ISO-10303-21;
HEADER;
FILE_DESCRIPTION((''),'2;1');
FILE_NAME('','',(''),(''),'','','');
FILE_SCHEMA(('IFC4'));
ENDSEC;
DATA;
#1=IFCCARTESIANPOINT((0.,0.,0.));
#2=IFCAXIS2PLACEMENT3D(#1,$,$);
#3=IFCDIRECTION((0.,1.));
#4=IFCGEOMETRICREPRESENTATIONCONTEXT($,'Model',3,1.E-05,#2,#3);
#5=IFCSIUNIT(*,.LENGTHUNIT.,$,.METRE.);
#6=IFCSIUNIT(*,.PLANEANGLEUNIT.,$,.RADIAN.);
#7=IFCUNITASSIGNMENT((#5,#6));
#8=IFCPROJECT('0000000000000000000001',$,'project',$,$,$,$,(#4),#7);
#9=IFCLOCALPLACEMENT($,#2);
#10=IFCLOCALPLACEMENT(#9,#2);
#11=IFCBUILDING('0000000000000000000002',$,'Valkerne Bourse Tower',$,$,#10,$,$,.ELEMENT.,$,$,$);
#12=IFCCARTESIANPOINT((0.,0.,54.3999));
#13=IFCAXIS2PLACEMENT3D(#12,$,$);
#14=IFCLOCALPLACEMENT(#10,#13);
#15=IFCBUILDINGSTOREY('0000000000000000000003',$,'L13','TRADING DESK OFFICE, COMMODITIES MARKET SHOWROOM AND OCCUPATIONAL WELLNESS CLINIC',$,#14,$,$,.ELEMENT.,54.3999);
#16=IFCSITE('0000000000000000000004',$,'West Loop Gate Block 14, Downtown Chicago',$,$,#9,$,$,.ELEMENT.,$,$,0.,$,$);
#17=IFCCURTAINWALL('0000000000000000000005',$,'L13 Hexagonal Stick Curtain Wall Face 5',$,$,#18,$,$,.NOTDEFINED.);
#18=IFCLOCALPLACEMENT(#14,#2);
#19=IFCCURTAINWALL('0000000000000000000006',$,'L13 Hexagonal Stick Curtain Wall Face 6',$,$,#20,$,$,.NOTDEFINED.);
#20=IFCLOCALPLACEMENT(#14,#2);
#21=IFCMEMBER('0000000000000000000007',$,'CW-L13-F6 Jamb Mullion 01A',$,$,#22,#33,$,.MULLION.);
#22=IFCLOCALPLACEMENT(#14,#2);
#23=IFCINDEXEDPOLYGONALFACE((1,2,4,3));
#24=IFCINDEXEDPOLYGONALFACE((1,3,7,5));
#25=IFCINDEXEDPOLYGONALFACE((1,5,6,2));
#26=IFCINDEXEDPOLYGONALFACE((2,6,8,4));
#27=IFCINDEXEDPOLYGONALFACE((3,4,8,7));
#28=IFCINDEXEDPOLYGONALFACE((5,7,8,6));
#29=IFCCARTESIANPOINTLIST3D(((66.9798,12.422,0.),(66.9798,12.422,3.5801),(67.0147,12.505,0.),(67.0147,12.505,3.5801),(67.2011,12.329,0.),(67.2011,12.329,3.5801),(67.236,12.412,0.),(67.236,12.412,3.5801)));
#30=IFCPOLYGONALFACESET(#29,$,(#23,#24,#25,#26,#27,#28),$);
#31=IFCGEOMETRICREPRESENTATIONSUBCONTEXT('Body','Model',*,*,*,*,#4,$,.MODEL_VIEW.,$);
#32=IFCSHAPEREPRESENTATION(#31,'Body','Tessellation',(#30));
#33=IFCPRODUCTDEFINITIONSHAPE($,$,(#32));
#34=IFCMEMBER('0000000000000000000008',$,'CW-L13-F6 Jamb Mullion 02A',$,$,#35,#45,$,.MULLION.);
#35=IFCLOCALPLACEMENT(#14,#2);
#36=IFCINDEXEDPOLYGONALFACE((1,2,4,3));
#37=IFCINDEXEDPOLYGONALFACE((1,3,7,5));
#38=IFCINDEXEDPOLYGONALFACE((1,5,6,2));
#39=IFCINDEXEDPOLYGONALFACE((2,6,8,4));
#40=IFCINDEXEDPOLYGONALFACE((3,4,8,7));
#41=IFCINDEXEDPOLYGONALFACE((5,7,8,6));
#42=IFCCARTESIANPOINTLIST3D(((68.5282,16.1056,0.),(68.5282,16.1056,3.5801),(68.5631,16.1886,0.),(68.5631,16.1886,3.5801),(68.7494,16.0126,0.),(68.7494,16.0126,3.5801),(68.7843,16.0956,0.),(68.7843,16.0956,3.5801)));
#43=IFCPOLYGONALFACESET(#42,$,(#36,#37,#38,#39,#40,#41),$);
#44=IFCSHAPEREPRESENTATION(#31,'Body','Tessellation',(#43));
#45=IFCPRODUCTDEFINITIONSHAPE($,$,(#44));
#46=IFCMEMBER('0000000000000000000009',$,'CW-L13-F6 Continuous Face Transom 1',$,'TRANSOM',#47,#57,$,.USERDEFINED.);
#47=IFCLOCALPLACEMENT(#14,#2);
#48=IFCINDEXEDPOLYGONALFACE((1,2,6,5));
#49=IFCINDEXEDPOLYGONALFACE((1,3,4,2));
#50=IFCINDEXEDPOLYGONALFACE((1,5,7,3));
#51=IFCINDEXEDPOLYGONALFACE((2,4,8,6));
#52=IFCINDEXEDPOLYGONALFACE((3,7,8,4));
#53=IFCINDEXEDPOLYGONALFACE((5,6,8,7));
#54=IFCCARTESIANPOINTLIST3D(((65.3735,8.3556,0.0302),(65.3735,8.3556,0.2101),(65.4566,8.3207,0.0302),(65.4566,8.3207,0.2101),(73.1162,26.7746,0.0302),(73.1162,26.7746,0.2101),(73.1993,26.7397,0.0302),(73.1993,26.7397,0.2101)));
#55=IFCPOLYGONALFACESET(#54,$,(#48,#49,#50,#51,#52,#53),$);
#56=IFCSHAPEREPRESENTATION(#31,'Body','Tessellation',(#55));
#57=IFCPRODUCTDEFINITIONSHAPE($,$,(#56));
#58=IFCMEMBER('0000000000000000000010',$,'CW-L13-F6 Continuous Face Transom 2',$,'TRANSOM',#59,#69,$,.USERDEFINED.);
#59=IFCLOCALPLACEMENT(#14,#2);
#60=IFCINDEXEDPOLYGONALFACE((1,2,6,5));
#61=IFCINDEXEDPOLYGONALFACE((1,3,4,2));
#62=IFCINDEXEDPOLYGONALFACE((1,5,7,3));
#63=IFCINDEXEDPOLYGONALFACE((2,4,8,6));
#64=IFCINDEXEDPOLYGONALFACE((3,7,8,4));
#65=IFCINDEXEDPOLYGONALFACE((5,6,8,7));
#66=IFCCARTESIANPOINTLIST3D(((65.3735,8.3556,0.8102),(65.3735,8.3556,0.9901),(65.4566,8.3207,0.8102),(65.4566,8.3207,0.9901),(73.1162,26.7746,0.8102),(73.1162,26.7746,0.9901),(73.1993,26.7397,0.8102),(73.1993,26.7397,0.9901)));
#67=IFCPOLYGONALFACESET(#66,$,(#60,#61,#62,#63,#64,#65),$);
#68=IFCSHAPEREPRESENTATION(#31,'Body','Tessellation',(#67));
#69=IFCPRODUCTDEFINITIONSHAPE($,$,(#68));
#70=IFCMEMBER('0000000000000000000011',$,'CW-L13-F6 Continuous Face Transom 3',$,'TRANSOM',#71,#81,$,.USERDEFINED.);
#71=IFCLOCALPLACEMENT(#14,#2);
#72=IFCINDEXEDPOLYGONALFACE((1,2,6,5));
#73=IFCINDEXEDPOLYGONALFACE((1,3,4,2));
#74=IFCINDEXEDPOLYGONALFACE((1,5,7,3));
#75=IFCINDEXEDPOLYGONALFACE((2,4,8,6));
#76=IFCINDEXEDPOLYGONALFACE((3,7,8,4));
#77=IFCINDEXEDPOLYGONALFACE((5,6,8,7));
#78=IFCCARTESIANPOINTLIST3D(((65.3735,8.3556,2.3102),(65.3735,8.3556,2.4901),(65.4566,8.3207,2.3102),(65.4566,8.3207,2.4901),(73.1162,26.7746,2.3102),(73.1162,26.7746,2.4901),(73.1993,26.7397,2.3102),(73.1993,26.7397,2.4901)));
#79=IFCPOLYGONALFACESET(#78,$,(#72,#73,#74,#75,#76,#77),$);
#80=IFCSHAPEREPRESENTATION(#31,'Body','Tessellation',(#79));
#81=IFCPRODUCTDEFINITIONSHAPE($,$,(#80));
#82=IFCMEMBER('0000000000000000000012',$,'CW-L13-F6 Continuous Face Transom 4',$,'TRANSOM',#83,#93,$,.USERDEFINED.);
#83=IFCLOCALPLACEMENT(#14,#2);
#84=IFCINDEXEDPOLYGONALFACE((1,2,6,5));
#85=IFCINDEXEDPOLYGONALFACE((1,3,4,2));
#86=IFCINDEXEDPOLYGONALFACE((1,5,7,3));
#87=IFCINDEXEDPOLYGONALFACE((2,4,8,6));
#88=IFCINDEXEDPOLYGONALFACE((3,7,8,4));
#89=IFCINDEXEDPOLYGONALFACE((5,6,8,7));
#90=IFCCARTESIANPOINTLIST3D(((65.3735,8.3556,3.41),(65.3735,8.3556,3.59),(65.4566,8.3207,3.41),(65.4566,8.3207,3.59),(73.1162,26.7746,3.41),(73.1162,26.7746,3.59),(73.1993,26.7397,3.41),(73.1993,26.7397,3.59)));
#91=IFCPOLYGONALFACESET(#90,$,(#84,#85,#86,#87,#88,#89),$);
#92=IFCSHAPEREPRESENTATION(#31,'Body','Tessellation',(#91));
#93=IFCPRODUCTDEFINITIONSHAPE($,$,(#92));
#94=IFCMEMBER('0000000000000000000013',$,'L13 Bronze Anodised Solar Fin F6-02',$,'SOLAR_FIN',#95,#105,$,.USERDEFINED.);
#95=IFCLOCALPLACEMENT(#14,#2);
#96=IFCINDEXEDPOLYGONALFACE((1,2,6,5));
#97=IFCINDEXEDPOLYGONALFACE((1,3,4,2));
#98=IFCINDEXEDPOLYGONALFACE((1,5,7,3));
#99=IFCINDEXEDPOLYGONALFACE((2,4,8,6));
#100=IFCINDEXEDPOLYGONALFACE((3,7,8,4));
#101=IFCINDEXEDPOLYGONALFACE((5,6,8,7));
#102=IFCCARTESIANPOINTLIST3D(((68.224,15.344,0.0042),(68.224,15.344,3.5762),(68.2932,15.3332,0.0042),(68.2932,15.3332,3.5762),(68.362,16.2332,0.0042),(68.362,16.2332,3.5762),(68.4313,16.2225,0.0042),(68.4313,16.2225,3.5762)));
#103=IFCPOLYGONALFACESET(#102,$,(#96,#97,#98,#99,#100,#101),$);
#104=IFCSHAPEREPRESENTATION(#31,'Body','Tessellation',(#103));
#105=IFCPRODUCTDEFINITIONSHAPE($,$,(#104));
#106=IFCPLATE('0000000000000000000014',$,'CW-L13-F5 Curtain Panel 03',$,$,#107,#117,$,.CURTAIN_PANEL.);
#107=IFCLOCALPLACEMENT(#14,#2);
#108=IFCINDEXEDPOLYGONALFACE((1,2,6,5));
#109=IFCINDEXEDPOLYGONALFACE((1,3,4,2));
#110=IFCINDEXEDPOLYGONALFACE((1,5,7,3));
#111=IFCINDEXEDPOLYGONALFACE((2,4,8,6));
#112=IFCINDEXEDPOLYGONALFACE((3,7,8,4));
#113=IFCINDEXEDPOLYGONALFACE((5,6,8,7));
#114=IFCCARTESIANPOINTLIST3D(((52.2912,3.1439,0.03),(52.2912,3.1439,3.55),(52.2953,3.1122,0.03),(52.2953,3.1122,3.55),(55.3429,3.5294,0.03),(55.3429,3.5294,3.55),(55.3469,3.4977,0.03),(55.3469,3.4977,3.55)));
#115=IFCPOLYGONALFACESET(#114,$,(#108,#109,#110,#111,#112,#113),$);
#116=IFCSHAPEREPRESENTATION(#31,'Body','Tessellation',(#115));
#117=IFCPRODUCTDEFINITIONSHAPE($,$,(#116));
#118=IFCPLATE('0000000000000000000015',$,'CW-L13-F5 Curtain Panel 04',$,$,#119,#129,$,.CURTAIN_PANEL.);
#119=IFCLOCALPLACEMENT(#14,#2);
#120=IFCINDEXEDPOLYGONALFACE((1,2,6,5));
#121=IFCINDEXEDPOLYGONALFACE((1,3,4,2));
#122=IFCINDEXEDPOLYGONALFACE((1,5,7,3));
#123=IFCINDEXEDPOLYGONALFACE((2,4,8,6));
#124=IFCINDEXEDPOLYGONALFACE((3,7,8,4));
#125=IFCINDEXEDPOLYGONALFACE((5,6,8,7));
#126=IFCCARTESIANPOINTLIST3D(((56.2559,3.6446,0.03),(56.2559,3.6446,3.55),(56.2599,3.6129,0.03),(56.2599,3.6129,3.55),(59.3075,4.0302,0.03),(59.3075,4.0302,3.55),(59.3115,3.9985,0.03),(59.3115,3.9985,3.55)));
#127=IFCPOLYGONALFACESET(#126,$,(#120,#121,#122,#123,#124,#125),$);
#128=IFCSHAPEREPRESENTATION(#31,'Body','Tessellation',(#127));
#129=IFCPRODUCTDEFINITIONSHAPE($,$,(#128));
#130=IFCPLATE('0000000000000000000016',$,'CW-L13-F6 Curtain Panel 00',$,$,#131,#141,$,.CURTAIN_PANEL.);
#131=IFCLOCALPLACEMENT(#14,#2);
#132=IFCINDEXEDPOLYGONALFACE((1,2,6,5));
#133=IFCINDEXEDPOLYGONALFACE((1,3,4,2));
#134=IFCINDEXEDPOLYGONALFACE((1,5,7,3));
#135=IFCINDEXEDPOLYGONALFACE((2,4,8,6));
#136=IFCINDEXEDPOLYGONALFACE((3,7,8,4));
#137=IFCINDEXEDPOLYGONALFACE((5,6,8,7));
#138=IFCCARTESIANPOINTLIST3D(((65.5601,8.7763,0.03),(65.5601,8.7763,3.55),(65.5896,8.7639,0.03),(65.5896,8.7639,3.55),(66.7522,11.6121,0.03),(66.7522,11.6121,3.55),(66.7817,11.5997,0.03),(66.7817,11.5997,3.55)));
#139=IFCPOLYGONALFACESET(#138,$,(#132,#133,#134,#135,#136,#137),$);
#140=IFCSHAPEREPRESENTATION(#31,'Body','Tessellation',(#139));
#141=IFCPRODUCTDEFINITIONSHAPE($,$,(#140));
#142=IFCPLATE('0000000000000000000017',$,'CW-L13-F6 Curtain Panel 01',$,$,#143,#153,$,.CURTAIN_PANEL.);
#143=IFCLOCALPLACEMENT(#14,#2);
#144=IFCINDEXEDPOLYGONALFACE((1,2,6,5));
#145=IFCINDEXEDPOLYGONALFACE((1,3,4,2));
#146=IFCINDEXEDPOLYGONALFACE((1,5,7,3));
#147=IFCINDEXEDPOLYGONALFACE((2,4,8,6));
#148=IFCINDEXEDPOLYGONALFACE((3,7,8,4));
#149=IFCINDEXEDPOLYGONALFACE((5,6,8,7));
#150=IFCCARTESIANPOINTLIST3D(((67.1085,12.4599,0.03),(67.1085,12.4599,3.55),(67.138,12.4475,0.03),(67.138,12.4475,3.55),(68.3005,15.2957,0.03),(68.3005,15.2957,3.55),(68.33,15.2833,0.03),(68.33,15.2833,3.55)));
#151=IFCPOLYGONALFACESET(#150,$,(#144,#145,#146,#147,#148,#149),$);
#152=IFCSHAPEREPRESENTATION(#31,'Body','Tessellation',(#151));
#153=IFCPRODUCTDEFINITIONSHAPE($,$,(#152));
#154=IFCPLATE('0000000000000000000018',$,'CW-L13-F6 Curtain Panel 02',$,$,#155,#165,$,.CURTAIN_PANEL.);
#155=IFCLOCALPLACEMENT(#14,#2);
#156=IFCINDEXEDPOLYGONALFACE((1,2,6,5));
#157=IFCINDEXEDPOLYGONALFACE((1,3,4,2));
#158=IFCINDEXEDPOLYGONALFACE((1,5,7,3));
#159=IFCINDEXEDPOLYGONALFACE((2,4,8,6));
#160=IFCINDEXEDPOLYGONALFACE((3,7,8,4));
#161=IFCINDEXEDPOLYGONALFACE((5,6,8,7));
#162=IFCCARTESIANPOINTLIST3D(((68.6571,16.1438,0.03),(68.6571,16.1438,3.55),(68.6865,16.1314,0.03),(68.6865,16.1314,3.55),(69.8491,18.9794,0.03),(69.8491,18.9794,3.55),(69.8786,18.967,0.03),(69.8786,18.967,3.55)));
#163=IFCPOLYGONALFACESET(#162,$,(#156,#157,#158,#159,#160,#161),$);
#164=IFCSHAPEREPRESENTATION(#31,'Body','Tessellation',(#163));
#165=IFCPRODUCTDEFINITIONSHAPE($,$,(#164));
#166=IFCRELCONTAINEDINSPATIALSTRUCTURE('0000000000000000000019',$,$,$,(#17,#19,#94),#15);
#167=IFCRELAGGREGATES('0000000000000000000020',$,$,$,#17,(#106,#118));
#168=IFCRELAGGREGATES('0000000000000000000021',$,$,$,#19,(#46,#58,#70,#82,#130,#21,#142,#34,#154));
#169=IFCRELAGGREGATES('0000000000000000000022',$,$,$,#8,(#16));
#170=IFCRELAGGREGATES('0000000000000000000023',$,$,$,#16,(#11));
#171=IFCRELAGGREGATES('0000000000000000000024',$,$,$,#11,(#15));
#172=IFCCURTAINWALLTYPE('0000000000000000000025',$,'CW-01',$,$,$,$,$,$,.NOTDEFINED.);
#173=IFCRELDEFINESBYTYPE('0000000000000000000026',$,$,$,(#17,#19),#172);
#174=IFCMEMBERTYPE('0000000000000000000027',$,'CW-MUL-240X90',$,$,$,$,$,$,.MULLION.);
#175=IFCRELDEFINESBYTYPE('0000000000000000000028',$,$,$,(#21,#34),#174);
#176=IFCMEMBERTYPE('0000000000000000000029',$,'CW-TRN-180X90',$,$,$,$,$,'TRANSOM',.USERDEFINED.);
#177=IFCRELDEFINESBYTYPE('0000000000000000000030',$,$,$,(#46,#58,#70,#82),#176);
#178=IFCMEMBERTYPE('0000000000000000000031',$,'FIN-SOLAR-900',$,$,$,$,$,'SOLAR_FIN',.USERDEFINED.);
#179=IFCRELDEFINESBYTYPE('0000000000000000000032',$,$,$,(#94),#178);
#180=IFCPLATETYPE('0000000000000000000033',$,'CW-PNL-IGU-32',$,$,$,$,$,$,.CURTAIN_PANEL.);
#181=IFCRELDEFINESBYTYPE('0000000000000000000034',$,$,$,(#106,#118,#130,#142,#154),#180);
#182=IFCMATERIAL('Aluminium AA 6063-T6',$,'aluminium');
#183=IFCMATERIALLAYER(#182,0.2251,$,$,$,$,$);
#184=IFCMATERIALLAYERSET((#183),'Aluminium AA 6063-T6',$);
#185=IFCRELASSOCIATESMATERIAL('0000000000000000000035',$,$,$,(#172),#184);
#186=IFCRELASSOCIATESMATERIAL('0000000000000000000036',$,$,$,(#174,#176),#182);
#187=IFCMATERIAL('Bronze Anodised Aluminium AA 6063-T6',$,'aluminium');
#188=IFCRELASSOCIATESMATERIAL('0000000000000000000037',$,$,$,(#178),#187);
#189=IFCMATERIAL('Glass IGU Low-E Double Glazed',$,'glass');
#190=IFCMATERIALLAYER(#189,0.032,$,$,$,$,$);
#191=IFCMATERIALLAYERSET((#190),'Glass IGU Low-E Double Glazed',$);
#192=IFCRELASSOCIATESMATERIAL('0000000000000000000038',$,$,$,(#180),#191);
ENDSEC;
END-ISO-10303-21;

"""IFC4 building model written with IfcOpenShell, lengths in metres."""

from ifc_helpers import new_model, si_unit, direction, frame, origin, origin_2d, place, context, subcontext, project, spatial, rectangle, extrude, material, layer, layer_set, material_profile, profile_set, type_object, element, aggregate, save


model = new_model("IFC4")

# Units and contexts
model_context = context("Model", 3, precision=1e-05, world=origin(), true_north=direction((0.0, 1.0)))
body_context = subcontext(model_context, "Body", "Model", "MODEL_VIEW")
ifc_project = project(units=[si_unit("LENGTHUNIT", "METRE"), si_unit("PLANEANGLEUNIT", "RADIAN")], contexts=[model_context])

# Site, building, storey
site_placement = place(None, origin())
site = spatial("IfcSite", under=ifc_project, at=site_placement, Name="West Loop Gate Block 14, Downtown Chicago", CompositionType="ELEMENT", RefElevation=0.0)
building_placement = place(site_placement, origin())
building = spatial("IfcBuilding", under=site, at=building_placement, Name="Valkerne Bourse Tower", CompositionType="ELEMENT")
storey_placement = place(building_placement, frame((0.0, 0.0, 54.3999)))
storey = spatial("IfcBuildingStorey", under=building, at=storey_placement, Name="L13", Description="TRADING DESK OFFICE, COMMODITIES MARKET SHOWROOM AND OCCUPATIONAL WELLNESS CLINIC", CompositionType="ELEMENT", Elevation=54.3999)

# Curtain walls, members
ifc_material_1 = material(Name="Aluminium AA 6063-T6", Category="aluminium")
ifc_layer_1 = layer(ifc_material_1, 0.2251)
ifc_layer_set_1 = layer_set([ifc_layer_1], Name="Aluminium AA 6063-T6")
curtain_wall_type = type_object("IfcCurtainWallType", Name="CW-01", PredefinedType="NOTDEFINED", material=ifc_layer_set_1)
curtain_wall_1_placement = place(storey_placement, origin())
curtain_wall_1 = element("IfcCurtainWall", 1, at=curtain_wall_1_placement, inside=storey, type_object=curtain_wall_type, Name="L13 Hexagonal Stick Curtain Wall Face 5", PredefinedType="NOTDEFINED")
ifc_material_profile_1 = material_profile(ifc_material_1, rectangle(XDim=0.0901, YDim=0.24, at=origin_2d()), Name="CWM-90X240")
ifc_profile_set_1 = profile_set([ifc_material_profile_1], Name="Aluminium AA 6063-T6")
member_type_1 = type_object("IfcMemberType", Name="CW-MUL-240X90", PredefinedType="MULLION", material=ifc_profile_set_1)
curtain_wall_2_placement = place(storey_placement, origin())
curtain_wall_2 = element("IfcCurtainWall", 2, at=curtain_wall_2_placement, inside=storey, type_object=curtain_wall_type, Name="L13 Hexagonal Stick Curtain Wall Face 6", PredefinedType="NOTDEFINED")
member_1_placement = place(storey_placement, frame((67.1079, 12.417, 0.0), z_axis=(0.0, 0.0, 1.0), x_axis=(0.38751, 0.921866, 0.0)))
member_1 = element("IfcMember", 3, at=member_1_placement, type_object=member_type_1, Name="CW-L13-F6 Jamb Mullion 01A", PredefinedType="MULLION", context=body_context, shape_type="SweptSolid", body=[
    extrude(rectangle(XDim=0.0901, YDim=0.24, at=origin_2d()), origin(), (0.0, 0.0, 1.0), 3.5801),
])
member_2_placement = place(storey_placement, frame((68.6562, 16.1006, 0.0), z_axis=(0.0, 0.0, 1.0), x_axis=(0.38754, 0.921853, 0.0)))
member_2 = element("IfcMember", 4, at=member_2_placement, type_object=member_type_1, Name="CW-L13-F6 Jamb Mullion 02A", PredefinedType="MULLION", context=body_context, shape_type="SweptSolid", body=[
    extrude(rectangle(XDim=0.0901, YDim=0.24, at=origin_2d()), origin(), (0.0, 0.0, 1.0), 3.5801),
])
ifc_material_profile_2 = material_profile(ifc_material_1, rectangle(XDim=0.0901, YDim=0.1799, at=origin_2d()), Name="CWT-90X180")
ifc_profile_set_2 = profile_set([ifc_material_profile_2], Name="Aluminium AA 6063-T6")
member_type_2 = type_object("IfcMemberType", Name="CW-TRN-180X90", ElementType="TRANSOM", PredefinedType="USERDEFINED", material=ifc_profile_set_2)
member_3_placement = place(storey_placement, frame((65.415, 8.3381, 0.1201), z_axis=(0.387518, 0.921862, 0.0), x_axis=(-0.921862, 0.387518, 0.0)))
member_3 = element("IfcMember", 5, at=member_3_placement, type_object=member_type_2, Name="CW-L13-F6 Continuous Face Transom 1", ObjectType="TRANSOM", PredefinedType="USERDEFINED", context=body_context, shape_type="SweptSolid", body=[
    extrude(rectangle(XDim=0.0901, YDim=0.1799, at=origin_2d()), origin(), (0.0, 0.0, 1.0), 19.9802),
])
member_4_placement = place(storey_placement, frame((65.415, 8.3381, 0.9001), z_axis=(0.387518, 0.921862, 0.0), x_axis=(-0.921862, 0.387518, 0.0)))
member_4 = element("IfcMember", 6, at=member_4_placement, type_object=member_type_2, Name="CW-L13-F6 Continuous Face Transom 2", ObjectType="TRANSOM", PredefinedType="USERDEFINED", context=body_context, shape_type="SweptSolid", body=[
    extrude(rectangle(XDim=0.0901, YDim=0.1799, at=origin_2d()), origin(), (0.0, 0.0, 1.0), 19.9802),
])
member_5_placement = place(storey_placement, frame((65.415, 8.3381, 2.4001), z_axis=(0.387518, 0.921862, 0.0), x_axis=(-0.921862, 0.387518, 0.0)))
member_5 = element("IfcMember", 7, at=member_5_placement, type_object=member_type_2, Name="CW-L13-F6 Continuous Face Transom 3", ObjectType="TRANSOM", PredefinedType="USERDEFINED", context=body_context, shape_type="SweptSolid", body=[
    extrude(rectangle(XDim=0.0901, YDim=0.1799, at=origin_2d()), origin(), (0.0, 0.0, 1.0), 19.9802),
])
member_6_placement = place(storey_placement, frame((65.415, 8.3381, 3.5), z_axis=(0.387518, 0.921862, 0.0), x_axis=(-0.921862, 0.387518, 0.0)))
member_6 = element("IfcMember", 8, at=member_6_placement, type_object=member_type_2, Name="CW-L13-F6 Continuous Face Transom 4", ObjectType="TRANSOM", PredefinedType="USERDEFINED", context=body_context, shape_type="SweptSolid", body=[
    extrude(rectangle(XDim=0.0901, YDim=0.1799, at=origin_2d()), origin(), (0.0, 0.0, 1.0), 19.9802),
])

# Member
ifc_material_2 = material(Name="Bronze Anodised Aluminium AA 6063-T6", Category="aluminium")
ifc_material_profile_3 = material_profile(ifc_material_2, rectangle(XDim=0.0701, YDim=0.8999, at=origin_2d()), Name="FIN-70X900")
ifc_profile_set_3 = profile_set([ifc_material_profile_3], Name="Bronze Anodised Aluminium AA 6063-T6")
member_type_3 = type_object("IfcMemberType", Name="FIN-SOLAR-900", ElementType="SOLAR_FIN", PredefinedType="USERDEFINED", material=ifc_profile_set_3)
member_7_placement = place(storey_placement, frame((68.3276, 15.7832, 0.0042), z_axis=(0.0, 0.0, 1.0), x_axis=(0.988162, -0.153413, 0.0)))
element("IfcMember", 9, at=member_7_placement, inside=storey, type_object=member_type_3, Name="L13 Bronze Anodised Solar Fin F6-02", ObjectType="SOLAR_FIN", PredefinedType="USERDEFINED", context=body_context, shape_type="SweptSolid", body=[
    extrude(rectangle(XDim=0.0701, YDim=0.8999, at=origin_2d()), origin(), (0.0, 0.0, 1.0), 3.572),
])

# Plates
ifc_material_3 = material(Name="Glass IGU Low-E Double Glazed", Category="glass")
ifc_layer_2 = layer(ifc_material_3, 0.032)
ifc_layer_set_2 = layer_set([ifc_layer_2], Name="Glass IGU Low-E Double Glazed")
plate_type = type_object("IfcPlateType", Name="CW-PNL-IGU-32", PredefinedType="CURTAIN_PANEL", material=ifc_layer_set_2)
plate_1_placement = place(storey_placement, frame((53.8191, 3.3208, 0.03), z_axis=(0.0, 0.0, 1.0), x_axis=(0.992116, 0.125325, 0.0)))
plate_1 = element("IfcPlate", 10, at=plate_1_placement, type_object=plate_type, Name="CW-L13-F5 Curtain Panel 03", PredefinedType="CURTAIN_PANEL", context=body_context, shape_type="SweptSolid", body=[
    extrude(rectangle(XDim=3.0759, YDim=0.032, at=origin_2d()), origin(), (0.0, 0.0, 1.0), 3.52),
])
plate_2_placement = place(storey_placement, frame((57.7837, 3.8215, 0.03), z_axis=(0.0, 0.0, 1.0), x_axis=(0.992113, 0.12535, 0.0)))
plate_2 = element("IfcPlate", 11, at=plate_2_placement, type_object=plate_type, Name="CW-L13-F5 Curtain Panel 04", PredefinedType="CURTAIN_PANEL", context=body_context, shape_type="SweptSolid", body=[
    extrude(rectangle(XDim=3.0759, YDim=0.032, at=origin_2d()), origin(), (0.0, 0.0, 1.0), 3.52),
])
aggregate(curtain_wall_1, [plate_1, plate_2])
plate_3_placement = place(storey_placement, frame((66.1709, 10.188, 0.03), z_axis=(0.0, 0.0, 1.0), x_axis=(0.38751, 0.921866, 0.0)))
plate_3 = element("IfcPlate", 12, at=plate_3_placement, type_object=plate_type, Name="CW-L13-F6 Curtain Panel 00", PredefinedType="CURTAIN_PANEL", context=body_context, shape_type="SweptSolid", body=[
    extrude(rectangle(XDim=3.0762, YDim=0.032, at=origin_2d()), origin(), (0.0, 0.0, 1.0), 3.52),
])
plate_4_placement = place(storey_placement, frame((67.7192, 13.8716, 0.03), z_axis=(0.0, 0.0, 1.0), x_axis=(0.38751, 0.921866, 0.0)))
plate_4 = element("IfcPlate", 13, at=plate_4_placement, type_object=plate_type, Name="CW-L13-F6 Curtain Panel 01", PredefinedType="CURTAIN_PANEL", context=body_context, shape_type="SweptSolid", body=[
    extrude(rectangle(XDim=3.0762, YDim=0.032, at=origin_2d()), origin(), (0.0, 0.0, 1.0), 3.52),
])
plate_5_placement = place(storey_placement, frame((69.2678, 17.5554, 0.03), z_axis=(0.0, 0.0, 1.0), x_axis=(0.38754, 0.921853, 0.0)))
plate_5 = element("IfcPlate", 14, at=plate_5_placement, type_object=plate_type, Name="CW-L13-F6 Curtain Panel 02", PredefinedType="CURTAIN_PANEL", context=body_context, shape_type="SweptSolid", body=[
    extrude(rectangle(XDim=3.0759, YDim=0.032, at=origin_2d()), origin(), (0.0, 0.0, 1.0), 3.52),
])
aggregate(curtain_wall_2, [member_3, member_4, member_5, member_6, plate_3, member_1, plate_4, member_2, plate_5])

save(model, "model.ifc")
